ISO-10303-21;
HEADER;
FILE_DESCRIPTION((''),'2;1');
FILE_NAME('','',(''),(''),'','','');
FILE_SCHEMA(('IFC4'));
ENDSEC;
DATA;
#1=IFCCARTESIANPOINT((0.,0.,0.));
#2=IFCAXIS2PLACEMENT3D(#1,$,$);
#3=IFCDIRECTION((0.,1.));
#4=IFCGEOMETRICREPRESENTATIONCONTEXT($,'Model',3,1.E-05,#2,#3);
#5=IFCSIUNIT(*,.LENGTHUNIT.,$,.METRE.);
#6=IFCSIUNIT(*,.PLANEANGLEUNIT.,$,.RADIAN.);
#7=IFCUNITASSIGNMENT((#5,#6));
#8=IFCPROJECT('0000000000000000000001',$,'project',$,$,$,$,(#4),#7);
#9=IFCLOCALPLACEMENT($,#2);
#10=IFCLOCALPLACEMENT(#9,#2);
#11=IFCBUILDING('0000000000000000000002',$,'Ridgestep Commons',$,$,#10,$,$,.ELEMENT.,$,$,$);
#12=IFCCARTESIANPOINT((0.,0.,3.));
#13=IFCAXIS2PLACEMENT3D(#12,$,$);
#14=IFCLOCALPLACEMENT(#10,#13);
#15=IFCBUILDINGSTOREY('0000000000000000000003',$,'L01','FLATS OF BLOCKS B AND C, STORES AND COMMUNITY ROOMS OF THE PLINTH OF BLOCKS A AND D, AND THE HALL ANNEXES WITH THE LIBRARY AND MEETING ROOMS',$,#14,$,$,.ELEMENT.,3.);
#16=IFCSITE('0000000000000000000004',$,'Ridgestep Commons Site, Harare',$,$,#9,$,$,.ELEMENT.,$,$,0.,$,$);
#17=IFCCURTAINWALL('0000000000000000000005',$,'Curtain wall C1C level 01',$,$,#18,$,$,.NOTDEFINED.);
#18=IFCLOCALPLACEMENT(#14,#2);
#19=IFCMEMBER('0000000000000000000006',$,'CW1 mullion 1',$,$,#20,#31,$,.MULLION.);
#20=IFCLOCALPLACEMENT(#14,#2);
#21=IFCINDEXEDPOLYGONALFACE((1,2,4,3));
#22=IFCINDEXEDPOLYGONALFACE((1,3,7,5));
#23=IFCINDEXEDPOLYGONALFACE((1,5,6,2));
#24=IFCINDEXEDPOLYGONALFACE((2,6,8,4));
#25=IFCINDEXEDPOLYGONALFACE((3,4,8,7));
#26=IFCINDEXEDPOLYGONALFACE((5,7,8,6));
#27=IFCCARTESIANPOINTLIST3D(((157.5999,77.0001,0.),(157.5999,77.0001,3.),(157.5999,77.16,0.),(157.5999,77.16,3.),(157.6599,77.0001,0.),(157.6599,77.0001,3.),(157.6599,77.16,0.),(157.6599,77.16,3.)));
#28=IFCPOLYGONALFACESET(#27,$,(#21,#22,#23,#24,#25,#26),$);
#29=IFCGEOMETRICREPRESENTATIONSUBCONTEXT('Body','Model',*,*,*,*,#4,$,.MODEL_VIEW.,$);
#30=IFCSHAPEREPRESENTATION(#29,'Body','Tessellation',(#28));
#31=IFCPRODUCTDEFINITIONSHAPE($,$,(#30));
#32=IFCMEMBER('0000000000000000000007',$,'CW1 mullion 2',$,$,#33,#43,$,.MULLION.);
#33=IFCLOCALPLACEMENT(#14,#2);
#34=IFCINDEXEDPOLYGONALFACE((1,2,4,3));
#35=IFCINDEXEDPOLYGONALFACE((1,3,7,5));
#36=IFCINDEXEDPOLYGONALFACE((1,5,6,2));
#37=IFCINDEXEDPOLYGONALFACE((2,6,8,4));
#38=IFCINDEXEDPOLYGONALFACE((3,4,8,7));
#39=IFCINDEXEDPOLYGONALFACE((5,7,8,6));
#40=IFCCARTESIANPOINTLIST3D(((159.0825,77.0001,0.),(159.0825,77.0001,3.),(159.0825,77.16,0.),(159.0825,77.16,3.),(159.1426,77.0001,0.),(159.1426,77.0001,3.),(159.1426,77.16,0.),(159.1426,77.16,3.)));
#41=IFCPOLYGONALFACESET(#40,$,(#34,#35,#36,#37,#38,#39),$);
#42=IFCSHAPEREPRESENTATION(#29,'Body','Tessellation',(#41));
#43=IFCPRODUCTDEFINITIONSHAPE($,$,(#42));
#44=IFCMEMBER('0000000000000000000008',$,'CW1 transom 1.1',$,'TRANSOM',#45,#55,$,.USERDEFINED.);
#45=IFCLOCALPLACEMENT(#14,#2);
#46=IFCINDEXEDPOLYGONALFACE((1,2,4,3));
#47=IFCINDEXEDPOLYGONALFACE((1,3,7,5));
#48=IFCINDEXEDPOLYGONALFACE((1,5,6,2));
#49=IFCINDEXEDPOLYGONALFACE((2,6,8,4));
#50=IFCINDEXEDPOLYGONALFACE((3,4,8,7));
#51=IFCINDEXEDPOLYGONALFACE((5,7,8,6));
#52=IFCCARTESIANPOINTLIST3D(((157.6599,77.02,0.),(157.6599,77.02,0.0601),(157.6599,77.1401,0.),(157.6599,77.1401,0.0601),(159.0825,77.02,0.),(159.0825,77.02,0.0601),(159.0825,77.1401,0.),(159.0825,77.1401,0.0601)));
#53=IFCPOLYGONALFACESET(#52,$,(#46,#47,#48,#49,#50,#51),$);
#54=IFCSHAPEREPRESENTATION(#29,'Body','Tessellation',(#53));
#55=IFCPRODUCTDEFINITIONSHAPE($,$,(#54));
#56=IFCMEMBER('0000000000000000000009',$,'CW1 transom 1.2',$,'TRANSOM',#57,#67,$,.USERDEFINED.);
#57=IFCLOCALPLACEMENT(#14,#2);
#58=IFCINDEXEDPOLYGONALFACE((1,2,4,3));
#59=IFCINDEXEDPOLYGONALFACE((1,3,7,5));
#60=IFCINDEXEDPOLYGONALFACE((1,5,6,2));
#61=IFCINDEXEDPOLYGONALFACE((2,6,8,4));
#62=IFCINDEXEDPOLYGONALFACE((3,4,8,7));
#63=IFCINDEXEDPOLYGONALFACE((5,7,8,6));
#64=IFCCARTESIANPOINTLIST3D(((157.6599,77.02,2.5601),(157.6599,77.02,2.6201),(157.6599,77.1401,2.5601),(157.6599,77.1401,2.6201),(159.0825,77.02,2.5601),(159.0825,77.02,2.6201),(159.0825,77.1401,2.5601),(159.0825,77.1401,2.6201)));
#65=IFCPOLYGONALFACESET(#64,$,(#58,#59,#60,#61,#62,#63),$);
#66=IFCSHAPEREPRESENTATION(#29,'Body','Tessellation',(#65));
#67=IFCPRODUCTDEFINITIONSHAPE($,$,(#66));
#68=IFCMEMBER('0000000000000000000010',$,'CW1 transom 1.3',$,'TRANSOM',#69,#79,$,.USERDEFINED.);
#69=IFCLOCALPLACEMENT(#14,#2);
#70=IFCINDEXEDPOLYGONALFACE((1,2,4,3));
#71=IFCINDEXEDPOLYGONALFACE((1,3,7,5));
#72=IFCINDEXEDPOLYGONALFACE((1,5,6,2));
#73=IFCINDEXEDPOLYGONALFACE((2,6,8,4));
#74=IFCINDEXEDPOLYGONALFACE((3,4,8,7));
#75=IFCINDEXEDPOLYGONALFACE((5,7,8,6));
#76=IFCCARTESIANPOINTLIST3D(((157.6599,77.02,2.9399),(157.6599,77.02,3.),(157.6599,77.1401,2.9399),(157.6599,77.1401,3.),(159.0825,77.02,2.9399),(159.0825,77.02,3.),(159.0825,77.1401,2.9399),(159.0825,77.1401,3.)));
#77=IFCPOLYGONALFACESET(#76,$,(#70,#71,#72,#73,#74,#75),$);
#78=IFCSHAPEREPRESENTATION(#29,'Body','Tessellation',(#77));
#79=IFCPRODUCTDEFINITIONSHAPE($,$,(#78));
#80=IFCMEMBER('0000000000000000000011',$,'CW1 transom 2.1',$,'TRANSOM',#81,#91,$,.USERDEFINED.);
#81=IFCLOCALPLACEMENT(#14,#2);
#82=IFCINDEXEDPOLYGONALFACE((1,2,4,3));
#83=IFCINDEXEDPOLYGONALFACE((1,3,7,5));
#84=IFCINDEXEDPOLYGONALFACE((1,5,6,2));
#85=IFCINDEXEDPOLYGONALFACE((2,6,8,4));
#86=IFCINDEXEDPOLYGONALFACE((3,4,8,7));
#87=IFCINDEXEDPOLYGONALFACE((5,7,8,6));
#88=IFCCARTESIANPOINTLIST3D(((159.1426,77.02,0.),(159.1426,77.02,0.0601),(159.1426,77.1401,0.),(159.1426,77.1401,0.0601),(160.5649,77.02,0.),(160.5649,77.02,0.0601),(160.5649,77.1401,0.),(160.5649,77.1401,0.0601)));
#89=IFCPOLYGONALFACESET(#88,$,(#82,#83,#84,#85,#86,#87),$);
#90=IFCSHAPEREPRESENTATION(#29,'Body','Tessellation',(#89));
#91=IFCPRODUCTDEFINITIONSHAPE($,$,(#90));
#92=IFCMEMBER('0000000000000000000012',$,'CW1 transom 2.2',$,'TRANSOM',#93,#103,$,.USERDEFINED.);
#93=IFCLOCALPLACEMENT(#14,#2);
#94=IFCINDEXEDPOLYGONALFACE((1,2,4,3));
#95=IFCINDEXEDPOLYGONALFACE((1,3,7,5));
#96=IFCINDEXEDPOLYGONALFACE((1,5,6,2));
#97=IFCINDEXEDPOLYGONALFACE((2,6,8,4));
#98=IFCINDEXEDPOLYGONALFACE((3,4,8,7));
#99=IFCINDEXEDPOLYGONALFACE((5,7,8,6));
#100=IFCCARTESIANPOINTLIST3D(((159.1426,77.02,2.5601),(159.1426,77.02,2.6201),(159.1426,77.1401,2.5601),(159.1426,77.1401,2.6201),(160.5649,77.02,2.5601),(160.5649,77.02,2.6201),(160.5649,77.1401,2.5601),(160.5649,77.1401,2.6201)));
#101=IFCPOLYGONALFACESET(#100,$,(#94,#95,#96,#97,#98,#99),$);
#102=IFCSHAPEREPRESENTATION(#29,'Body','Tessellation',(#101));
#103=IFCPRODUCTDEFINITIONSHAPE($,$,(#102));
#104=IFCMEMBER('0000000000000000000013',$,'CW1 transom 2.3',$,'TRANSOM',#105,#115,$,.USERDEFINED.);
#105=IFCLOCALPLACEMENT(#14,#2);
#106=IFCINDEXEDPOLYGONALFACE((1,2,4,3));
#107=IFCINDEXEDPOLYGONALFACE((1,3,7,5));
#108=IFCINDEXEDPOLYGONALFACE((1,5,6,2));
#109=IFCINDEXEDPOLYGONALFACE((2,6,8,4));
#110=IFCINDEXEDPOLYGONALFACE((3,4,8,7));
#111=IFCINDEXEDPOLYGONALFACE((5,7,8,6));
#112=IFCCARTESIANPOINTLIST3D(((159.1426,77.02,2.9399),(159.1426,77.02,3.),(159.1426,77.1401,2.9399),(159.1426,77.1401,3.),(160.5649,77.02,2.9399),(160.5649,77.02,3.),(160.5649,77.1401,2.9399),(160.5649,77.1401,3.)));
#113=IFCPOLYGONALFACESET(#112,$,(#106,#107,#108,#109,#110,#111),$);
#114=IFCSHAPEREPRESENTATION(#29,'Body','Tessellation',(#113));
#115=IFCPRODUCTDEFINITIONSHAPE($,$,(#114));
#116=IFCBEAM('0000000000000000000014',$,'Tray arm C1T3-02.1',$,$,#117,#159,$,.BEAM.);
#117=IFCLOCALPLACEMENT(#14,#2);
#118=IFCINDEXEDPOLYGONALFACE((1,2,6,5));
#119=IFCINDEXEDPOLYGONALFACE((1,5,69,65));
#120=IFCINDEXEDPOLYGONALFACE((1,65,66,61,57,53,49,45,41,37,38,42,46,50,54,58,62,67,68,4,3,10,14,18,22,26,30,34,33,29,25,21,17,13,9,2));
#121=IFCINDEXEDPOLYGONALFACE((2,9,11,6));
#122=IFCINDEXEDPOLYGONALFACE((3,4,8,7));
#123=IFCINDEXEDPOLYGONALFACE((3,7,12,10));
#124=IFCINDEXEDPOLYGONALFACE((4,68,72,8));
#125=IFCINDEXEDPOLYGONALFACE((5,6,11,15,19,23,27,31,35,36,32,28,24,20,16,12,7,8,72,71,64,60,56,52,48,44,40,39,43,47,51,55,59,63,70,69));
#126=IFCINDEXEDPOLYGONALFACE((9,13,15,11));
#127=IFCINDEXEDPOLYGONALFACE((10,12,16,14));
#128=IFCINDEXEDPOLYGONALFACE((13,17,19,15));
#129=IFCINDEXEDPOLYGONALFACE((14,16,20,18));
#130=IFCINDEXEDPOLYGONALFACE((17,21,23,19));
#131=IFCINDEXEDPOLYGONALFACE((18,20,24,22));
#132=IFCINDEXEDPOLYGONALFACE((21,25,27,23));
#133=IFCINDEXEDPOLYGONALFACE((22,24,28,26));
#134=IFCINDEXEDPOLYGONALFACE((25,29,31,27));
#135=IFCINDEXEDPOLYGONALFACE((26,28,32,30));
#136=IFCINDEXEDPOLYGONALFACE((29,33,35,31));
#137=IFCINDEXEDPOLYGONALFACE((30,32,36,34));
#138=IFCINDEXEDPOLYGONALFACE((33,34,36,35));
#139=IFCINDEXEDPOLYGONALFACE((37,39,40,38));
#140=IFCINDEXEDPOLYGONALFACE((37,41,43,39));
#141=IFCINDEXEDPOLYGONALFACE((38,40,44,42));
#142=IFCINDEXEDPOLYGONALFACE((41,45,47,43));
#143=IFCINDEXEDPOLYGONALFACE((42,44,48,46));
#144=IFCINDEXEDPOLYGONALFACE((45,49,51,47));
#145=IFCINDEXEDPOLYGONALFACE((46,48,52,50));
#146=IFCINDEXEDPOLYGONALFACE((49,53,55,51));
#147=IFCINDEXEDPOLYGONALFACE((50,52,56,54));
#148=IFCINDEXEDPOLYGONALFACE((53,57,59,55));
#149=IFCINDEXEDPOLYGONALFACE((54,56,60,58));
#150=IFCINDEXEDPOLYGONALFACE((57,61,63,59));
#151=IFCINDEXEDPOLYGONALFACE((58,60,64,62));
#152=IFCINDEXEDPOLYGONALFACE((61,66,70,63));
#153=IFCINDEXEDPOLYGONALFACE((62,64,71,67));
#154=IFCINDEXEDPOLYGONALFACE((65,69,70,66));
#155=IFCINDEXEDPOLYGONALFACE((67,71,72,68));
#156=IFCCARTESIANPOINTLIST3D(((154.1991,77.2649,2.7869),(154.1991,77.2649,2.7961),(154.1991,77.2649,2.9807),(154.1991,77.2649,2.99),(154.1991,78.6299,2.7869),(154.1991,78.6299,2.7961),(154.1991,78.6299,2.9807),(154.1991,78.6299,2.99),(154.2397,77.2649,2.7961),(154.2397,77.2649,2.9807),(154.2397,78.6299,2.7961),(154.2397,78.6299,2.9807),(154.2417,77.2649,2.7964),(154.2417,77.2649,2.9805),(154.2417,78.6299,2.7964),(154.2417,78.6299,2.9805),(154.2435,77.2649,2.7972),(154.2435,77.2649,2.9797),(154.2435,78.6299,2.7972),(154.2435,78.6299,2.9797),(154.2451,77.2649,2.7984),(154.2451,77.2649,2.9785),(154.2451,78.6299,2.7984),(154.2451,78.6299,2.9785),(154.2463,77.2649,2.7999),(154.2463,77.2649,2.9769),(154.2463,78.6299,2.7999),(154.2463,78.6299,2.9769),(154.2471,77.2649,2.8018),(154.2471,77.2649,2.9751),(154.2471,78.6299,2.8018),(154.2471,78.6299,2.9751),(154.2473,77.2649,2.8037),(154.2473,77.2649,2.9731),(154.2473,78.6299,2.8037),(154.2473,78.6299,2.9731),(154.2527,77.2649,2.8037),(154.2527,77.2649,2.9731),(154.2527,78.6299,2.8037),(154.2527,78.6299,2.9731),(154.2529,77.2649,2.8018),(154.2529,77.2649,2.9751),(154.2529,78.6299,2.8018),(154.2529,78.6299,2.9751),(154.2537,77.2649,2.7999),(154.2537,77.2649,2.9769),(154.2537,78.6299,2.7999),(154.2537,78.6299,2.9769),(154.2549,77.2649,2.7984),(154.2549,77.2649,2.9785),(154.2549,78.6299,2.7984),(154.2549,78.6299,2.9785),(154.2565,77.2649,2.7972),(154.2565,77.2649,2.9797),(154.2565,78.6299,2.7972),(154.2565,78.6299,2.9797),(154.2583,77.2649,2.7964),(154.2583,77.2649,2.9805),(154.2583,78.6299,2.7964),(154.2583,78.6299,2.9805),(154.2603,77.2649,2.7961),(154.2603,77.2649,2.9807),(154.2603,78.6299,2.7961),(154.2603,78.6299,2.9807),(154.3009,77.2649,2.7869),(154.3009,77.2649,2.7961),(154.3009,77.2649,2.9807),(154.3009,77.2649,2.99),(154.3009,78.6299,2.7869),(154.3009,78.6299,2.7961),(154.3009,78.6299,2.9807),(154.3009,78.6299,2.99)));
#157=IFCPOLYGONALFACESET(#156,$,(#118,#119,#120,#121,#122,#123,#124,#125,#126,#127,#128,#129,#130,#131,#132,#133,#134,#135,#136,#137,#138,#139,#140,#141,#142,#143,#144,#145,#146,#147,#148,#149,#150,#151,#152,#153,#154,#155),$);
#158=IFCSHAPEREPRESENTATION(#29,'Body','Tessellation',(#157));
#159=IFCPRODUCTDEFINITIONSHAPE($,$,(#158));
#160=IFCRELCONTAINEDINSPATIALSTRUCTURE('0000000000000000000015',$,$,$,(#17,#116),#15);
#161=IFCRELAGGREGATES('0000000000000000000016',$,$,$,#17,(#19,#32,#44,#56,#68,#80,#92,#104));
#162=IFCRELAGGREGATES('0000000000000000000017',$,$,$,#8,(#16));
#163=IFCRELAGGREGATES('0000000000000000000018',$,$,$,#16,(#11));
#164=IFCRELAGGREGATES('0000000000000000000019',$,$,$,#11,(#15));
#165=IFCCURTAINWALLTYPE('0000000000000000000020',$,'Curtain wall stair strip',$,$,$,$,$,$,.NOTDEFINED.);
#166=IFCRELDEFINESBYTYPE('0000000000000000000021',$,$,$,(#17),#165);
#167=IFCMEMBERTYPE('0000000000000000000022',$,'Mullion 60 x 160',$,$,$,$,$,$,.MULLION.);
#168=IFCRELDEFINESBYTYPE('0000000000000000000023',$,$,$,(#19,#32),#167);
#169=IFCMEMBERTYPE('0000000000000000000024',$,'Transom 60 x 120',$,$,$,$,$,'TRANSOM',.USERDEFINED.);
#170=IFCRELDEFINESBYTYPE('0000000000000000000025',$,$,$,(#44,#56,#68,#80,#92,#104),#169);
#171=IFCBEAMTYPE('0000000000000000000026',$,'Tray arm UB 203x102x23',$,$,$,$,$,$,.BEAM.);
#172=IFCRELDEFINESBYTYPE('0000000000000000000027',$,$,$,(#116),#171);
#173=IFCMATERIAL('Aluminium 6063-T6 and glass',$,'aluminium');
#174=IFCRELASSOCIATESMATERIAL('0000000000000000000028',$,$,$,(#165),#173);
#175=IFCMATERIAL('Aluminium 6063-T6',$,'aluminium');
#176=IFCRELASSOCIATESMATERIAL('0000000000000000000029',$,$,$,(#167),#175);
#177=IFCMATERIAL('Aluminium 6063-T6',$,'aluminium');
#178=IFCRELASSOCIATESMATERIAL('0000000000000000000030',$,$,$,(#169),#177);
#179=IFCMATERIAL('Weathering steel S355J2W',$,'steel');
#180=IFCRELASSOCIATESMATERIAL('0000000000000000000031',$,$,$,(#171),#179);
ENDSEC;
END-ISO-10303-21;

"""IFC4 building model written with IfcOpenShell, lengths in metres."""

from ifc_helpers import new_model, si_unit, direction, frame, origin, origin_2d, place, context, subcontext, project, spatial, rectangle, i_section, extrude, material, material_profile, profile_set, type_object, element, aggregate, save


model = new_model("IFC4")

# Units and contexts
model_context = context("Model", 3, precision=1e-05, world=origin(), true_north=direction((0.0, 1.0)))
body_context = subcontext(model_context, "Body", "Model", "MODEL_VIEW")
ifc_project = project(units=[si_unit("LENGTHUNIT", "METRE"), si_unit("PLANEANGLEUNIT", "RADIAN")], contexts=[model_context])

# Site, building, storey
site_placement = place(None, origin())
site = spatial("IfcSite", under=ifc_project, at=site_placement, Name="Ridgestep Commons Site, Harare", CompositionType="ELEMENT", RefElevation=0.0)
building_placement = place(site_placement, origin())
building = spatial("IfcBuilding", under=site, at=building_placement, Name="Ridgestep Commons", CompositionType="ELEMENT")
storey_placement = place(building_placement, frame((0.0, 0.0, 3.0)))
storey = spatial("IfcBuildingStorey", under=building, at=storey_placement, Name="L01", Description="FLATS OF BLOCKS B AND C, STORES AND COMMUNITY ROOMS OF THE PLINTH OF BLOCKS A AND D, AND THE HALL ANNEXES WITH THE LIBRARY AND MEETING ROOMS", CompositionType="ELEMENT", Elevation=3.0)

# Curtain wall, members
ifc_material_1 = material(Name="Aluminium 6063-T6 and glass", Category="aluminium")
curtain_wall_type = type_object("IfcCurtainWallType", Name="Curtain wall stair strip", PredefinedType="NOTDEFINED", material=ifc_material_1)
curtain_wall_placement = place(storey_placement, origin())
curtain_wall = element("IfcCurtainWall", 1, at=curtain_wall_placement, inside=storey, type_object=curtain_wall_type, Name="Curtain wall C1C level 01", PredefinedType="NOTDEFINED")
ifc_material_2 = material(Name="Aluminium 6063-T6", Category="aluminium")
ifc_material_profile_1 = material_profile(ifc_material_2, rectangle(XDim=0.1599, YDim=0.0601, at=origin_2d()), Name="Mullion 60 x 160")
ifc_profile_set_1 = profile_set([ifc_material_profile_1], Name="Aluminium 6063-T6")
member_type_1 = type_object("IfcMemberType", Name="Mullion 60 x 160", PredefinedType="MULLION", material=ifc_profile_set_1)
member_1_placement = place(storey_placement, frame((157.6299, 77.0801, 0.0), z_axis=(0.0, 0.0, 1.0), x_axis=(0.0, 1.0, 0.0)))
member_1 = element("IfcMember", 2, at=member_1_placement, type_object=member_type_1, Name="CW1 mullion 1", PredefinedType="MULLION", context=body_context, shape_type="SweptSolid", body=[
    extrude(rectangle(XDim=0.1599, YDim=0.0601, at=origin_2d()), origin(), (0.0, 0.0, 1.0), 3.0),
])
member_2_placement = place(storey_placement, frame((159.1125, 77.0801, 0.0), z_axis=(0.0, 0.0, 1.0), x_axis=(0.0, 1.0, 0.0)))
member_2 = element("IfcMember", 3, at=member_2_placement, type_object=member_type_1, Name="CW1 mullion 2", PredefinedType="MULLION", context=body_context, shape_type="SweptSolid", body=[
    extrude(rectangle(XDim=0.1599, YDim=0.0601, at=origin_2d()), origin(), (0.0, 0.0, 1.0), 3.0),
])
ifc_material_3 = material(Name="Aluminium 6063-T6", Category="aluminium")
ifc_material_profile_2 = material_profile(ifc_material_3, rectangle(XDim=0.1201, YDim=0.0601, at=origin_2d()), Name="Transom 60 x 120")
ifc_profile_set_2 = profile_set([ifc_material_profile_2], Name="Aluminium 6063-T6")
member_type_2 = type_object("IfcMemberType", Name="Transom 60 x 120", ElementType="TRANSOM", PredefinedType="USERDEFINED", material=ifc_profile_set_2)
member_3_placement = place(storey_placement, frame((157.6599, 77.0801, 0.03), z_axis=(1.0, 0.0, 0.0), x_axis=(0.0, 1.0, 0.0)))
member_3 = element("IfcMember", 4, at=member_3_placement, type_object=member_type_2, Name="CW1 transom 1.1", ObjectType="TRANSOM", PredefinedType="USERDEFINED", context=body_context, shape_type="SweptSolid", body=[
    extrude(rectangle(XDim=0.1201, YDim=0.0601, at=origin_2d()), origin(), (0.0, 0.0, 1.0), 1.4226),
])
member_4_placement = place(storey_placement, frame((157.6599, 77.0801, 2.5901), z_axis=(1.0, 0.0, 0.0), x_axis=(0.0, 1.0, 0.0)))
member_4 = element("IfcMember", 5, at=member_4_placement, type_object=member_type_2, Name="CW1 transom 1.2", ObjectType="TRANSOM", PredefinedType="USERDEFINED", context=body_context, shape_type="SweptSolid", body=[
    extrude(rectangle(XDim=0.1201, YDim=0.0601, at=origin_2d()), origin(), (0.0, 0.0, 1.0), 1.4226),
])
member_5_placement = place(storey_placement, frame((157.6599, 77.0801, 2.97), z_axis=(1.0, 0.0, 0.0), x_axis=(0.0, 1.0, 0.0)))
member_5 = element("IfcMember", 6, at=member_5_placement, type_object=member_type_2, Name="CW1 transom 1.3", ObjectType="TRANSOM", PredefinedType="USERDEFINED", context=body_context, shape_type="SweptSolid", body=[
    extrude(rectangle(XDim=0.1201, YDim=0.0601, at=origin_2d()), origin(), (0.0, 0.0, 1.0), 1.4226),
])
member_6_placement = place(storey_placement, frame((159.1426, 77.0801, 0.03), z_axis=(1.0, 0.0, 0.0), x_axis=(0.0, 1.0, 0.0)))
member_6 = element("IfcMember", 7, at=member_6_placement, type_object=member_type_2, Name="CW1 transom 2.1", ObjectType="TRANSOM", PredefinedType="USERDEFINED", context=body_context, shape_type="SweptSolid", body=[
    extrude(rectangle(XDim=0.1201, YDim=0.0601, at=origin_2d()), origin(), (0.0, 0.0, 1.0), 1.4224),
])
member_7_placement = place(storey_placement, frame((159.1426, 77.0801, 2.5901), z_axis=(1.0, 0.0, 0.0), x_axis=(0.0, 1.0, 0.0)))
member_7 = element("IfcMember", 8, at=member_7_placement, type_object=member_type_2, Name="CW1 transom 2.2", ObjectType="TRANSOM", PredefinedType="USERDEFINED", context=body_context, shape_type="SweptSolid", body=[
    extrude(rectangle(XDim=0.1201, YDim=0.0601, at=origin_2d()), origin(), (0.0, 0.0, 1.0), 1.4224),
])
member_8_placement = place(storey_placement, frame((159.1426, 77.0801, 2.97), z_axis=(1.0, 0.0, 0.0), x_axis=(0.0, 1.0, 0.0)))
member_8 = element("IfcMember", 9, at=member_8_placement, type_object=member_type_2, Name="CW1 transom 2.3", ObjectType="TRANSOM", PredefinedType="USERDEFINED", context=body_context, shape_type="SweptSolid", body=[
    extrude(rectangle(XDim=0.1201, YDim=0.0601, at=origin_2d()), origin(), (0.0, 0.0, 1.0), 1.4224),
])

# Beam
ifc_material_4 = material(Name="Weathering steel S355J2W", Category="steel")
ifc_material_profile_3 = material_profile(ifc_material_4, i_section(OverallWidth=0.1018, OverallDepth=0.2031, WebThickness=0.0054, FlangeThickness=0.0093, FilletRadius=0.0076, at=origin_2d()), Name="UB 203x102x23")
ifc_profile_set_3 = profile_set([ifc_material_profile_3], Name="Weathering steel S355J2W")
beam_type_1 = type_object("IfcBeamType", Name="Tray arm UB 203x102x23", PredefinedType="BEAM", material=ifc_profile_set_3)
for number, where, z_axis, x_axis, name in (
    (10, (154.25, 77.2649, 2.8884), (0.0, 1.0, 0.0), (-1.0, 0.0, 0.0), "Tray arm C1T3-02.1"),
):
    element("IfcBeam", number, at=place(storey_placement, frame(where, z_axis=z_axis, x_axis=x_axis)), inside=storey, type_object=beam_type_1, Name=name, PredefinedType="BEAM", context=body_context, shape_type="SweptSolid", body=[
        extrude(i_section(OverallWidth=0.1018, OverallDepth=0.2031, WebThickness=0.0054, FlangeThickness=0.0093, FilletRadius=0.0076, at=origin_2d()), origin(), (0.0, 0.0, 1.0), 1.365),
    ])

aggregate(curtain_wall, [member_1, member_2, member_3, member_4, member_5, member_6, member_7, member_8])

save(model, "model.ifc")
